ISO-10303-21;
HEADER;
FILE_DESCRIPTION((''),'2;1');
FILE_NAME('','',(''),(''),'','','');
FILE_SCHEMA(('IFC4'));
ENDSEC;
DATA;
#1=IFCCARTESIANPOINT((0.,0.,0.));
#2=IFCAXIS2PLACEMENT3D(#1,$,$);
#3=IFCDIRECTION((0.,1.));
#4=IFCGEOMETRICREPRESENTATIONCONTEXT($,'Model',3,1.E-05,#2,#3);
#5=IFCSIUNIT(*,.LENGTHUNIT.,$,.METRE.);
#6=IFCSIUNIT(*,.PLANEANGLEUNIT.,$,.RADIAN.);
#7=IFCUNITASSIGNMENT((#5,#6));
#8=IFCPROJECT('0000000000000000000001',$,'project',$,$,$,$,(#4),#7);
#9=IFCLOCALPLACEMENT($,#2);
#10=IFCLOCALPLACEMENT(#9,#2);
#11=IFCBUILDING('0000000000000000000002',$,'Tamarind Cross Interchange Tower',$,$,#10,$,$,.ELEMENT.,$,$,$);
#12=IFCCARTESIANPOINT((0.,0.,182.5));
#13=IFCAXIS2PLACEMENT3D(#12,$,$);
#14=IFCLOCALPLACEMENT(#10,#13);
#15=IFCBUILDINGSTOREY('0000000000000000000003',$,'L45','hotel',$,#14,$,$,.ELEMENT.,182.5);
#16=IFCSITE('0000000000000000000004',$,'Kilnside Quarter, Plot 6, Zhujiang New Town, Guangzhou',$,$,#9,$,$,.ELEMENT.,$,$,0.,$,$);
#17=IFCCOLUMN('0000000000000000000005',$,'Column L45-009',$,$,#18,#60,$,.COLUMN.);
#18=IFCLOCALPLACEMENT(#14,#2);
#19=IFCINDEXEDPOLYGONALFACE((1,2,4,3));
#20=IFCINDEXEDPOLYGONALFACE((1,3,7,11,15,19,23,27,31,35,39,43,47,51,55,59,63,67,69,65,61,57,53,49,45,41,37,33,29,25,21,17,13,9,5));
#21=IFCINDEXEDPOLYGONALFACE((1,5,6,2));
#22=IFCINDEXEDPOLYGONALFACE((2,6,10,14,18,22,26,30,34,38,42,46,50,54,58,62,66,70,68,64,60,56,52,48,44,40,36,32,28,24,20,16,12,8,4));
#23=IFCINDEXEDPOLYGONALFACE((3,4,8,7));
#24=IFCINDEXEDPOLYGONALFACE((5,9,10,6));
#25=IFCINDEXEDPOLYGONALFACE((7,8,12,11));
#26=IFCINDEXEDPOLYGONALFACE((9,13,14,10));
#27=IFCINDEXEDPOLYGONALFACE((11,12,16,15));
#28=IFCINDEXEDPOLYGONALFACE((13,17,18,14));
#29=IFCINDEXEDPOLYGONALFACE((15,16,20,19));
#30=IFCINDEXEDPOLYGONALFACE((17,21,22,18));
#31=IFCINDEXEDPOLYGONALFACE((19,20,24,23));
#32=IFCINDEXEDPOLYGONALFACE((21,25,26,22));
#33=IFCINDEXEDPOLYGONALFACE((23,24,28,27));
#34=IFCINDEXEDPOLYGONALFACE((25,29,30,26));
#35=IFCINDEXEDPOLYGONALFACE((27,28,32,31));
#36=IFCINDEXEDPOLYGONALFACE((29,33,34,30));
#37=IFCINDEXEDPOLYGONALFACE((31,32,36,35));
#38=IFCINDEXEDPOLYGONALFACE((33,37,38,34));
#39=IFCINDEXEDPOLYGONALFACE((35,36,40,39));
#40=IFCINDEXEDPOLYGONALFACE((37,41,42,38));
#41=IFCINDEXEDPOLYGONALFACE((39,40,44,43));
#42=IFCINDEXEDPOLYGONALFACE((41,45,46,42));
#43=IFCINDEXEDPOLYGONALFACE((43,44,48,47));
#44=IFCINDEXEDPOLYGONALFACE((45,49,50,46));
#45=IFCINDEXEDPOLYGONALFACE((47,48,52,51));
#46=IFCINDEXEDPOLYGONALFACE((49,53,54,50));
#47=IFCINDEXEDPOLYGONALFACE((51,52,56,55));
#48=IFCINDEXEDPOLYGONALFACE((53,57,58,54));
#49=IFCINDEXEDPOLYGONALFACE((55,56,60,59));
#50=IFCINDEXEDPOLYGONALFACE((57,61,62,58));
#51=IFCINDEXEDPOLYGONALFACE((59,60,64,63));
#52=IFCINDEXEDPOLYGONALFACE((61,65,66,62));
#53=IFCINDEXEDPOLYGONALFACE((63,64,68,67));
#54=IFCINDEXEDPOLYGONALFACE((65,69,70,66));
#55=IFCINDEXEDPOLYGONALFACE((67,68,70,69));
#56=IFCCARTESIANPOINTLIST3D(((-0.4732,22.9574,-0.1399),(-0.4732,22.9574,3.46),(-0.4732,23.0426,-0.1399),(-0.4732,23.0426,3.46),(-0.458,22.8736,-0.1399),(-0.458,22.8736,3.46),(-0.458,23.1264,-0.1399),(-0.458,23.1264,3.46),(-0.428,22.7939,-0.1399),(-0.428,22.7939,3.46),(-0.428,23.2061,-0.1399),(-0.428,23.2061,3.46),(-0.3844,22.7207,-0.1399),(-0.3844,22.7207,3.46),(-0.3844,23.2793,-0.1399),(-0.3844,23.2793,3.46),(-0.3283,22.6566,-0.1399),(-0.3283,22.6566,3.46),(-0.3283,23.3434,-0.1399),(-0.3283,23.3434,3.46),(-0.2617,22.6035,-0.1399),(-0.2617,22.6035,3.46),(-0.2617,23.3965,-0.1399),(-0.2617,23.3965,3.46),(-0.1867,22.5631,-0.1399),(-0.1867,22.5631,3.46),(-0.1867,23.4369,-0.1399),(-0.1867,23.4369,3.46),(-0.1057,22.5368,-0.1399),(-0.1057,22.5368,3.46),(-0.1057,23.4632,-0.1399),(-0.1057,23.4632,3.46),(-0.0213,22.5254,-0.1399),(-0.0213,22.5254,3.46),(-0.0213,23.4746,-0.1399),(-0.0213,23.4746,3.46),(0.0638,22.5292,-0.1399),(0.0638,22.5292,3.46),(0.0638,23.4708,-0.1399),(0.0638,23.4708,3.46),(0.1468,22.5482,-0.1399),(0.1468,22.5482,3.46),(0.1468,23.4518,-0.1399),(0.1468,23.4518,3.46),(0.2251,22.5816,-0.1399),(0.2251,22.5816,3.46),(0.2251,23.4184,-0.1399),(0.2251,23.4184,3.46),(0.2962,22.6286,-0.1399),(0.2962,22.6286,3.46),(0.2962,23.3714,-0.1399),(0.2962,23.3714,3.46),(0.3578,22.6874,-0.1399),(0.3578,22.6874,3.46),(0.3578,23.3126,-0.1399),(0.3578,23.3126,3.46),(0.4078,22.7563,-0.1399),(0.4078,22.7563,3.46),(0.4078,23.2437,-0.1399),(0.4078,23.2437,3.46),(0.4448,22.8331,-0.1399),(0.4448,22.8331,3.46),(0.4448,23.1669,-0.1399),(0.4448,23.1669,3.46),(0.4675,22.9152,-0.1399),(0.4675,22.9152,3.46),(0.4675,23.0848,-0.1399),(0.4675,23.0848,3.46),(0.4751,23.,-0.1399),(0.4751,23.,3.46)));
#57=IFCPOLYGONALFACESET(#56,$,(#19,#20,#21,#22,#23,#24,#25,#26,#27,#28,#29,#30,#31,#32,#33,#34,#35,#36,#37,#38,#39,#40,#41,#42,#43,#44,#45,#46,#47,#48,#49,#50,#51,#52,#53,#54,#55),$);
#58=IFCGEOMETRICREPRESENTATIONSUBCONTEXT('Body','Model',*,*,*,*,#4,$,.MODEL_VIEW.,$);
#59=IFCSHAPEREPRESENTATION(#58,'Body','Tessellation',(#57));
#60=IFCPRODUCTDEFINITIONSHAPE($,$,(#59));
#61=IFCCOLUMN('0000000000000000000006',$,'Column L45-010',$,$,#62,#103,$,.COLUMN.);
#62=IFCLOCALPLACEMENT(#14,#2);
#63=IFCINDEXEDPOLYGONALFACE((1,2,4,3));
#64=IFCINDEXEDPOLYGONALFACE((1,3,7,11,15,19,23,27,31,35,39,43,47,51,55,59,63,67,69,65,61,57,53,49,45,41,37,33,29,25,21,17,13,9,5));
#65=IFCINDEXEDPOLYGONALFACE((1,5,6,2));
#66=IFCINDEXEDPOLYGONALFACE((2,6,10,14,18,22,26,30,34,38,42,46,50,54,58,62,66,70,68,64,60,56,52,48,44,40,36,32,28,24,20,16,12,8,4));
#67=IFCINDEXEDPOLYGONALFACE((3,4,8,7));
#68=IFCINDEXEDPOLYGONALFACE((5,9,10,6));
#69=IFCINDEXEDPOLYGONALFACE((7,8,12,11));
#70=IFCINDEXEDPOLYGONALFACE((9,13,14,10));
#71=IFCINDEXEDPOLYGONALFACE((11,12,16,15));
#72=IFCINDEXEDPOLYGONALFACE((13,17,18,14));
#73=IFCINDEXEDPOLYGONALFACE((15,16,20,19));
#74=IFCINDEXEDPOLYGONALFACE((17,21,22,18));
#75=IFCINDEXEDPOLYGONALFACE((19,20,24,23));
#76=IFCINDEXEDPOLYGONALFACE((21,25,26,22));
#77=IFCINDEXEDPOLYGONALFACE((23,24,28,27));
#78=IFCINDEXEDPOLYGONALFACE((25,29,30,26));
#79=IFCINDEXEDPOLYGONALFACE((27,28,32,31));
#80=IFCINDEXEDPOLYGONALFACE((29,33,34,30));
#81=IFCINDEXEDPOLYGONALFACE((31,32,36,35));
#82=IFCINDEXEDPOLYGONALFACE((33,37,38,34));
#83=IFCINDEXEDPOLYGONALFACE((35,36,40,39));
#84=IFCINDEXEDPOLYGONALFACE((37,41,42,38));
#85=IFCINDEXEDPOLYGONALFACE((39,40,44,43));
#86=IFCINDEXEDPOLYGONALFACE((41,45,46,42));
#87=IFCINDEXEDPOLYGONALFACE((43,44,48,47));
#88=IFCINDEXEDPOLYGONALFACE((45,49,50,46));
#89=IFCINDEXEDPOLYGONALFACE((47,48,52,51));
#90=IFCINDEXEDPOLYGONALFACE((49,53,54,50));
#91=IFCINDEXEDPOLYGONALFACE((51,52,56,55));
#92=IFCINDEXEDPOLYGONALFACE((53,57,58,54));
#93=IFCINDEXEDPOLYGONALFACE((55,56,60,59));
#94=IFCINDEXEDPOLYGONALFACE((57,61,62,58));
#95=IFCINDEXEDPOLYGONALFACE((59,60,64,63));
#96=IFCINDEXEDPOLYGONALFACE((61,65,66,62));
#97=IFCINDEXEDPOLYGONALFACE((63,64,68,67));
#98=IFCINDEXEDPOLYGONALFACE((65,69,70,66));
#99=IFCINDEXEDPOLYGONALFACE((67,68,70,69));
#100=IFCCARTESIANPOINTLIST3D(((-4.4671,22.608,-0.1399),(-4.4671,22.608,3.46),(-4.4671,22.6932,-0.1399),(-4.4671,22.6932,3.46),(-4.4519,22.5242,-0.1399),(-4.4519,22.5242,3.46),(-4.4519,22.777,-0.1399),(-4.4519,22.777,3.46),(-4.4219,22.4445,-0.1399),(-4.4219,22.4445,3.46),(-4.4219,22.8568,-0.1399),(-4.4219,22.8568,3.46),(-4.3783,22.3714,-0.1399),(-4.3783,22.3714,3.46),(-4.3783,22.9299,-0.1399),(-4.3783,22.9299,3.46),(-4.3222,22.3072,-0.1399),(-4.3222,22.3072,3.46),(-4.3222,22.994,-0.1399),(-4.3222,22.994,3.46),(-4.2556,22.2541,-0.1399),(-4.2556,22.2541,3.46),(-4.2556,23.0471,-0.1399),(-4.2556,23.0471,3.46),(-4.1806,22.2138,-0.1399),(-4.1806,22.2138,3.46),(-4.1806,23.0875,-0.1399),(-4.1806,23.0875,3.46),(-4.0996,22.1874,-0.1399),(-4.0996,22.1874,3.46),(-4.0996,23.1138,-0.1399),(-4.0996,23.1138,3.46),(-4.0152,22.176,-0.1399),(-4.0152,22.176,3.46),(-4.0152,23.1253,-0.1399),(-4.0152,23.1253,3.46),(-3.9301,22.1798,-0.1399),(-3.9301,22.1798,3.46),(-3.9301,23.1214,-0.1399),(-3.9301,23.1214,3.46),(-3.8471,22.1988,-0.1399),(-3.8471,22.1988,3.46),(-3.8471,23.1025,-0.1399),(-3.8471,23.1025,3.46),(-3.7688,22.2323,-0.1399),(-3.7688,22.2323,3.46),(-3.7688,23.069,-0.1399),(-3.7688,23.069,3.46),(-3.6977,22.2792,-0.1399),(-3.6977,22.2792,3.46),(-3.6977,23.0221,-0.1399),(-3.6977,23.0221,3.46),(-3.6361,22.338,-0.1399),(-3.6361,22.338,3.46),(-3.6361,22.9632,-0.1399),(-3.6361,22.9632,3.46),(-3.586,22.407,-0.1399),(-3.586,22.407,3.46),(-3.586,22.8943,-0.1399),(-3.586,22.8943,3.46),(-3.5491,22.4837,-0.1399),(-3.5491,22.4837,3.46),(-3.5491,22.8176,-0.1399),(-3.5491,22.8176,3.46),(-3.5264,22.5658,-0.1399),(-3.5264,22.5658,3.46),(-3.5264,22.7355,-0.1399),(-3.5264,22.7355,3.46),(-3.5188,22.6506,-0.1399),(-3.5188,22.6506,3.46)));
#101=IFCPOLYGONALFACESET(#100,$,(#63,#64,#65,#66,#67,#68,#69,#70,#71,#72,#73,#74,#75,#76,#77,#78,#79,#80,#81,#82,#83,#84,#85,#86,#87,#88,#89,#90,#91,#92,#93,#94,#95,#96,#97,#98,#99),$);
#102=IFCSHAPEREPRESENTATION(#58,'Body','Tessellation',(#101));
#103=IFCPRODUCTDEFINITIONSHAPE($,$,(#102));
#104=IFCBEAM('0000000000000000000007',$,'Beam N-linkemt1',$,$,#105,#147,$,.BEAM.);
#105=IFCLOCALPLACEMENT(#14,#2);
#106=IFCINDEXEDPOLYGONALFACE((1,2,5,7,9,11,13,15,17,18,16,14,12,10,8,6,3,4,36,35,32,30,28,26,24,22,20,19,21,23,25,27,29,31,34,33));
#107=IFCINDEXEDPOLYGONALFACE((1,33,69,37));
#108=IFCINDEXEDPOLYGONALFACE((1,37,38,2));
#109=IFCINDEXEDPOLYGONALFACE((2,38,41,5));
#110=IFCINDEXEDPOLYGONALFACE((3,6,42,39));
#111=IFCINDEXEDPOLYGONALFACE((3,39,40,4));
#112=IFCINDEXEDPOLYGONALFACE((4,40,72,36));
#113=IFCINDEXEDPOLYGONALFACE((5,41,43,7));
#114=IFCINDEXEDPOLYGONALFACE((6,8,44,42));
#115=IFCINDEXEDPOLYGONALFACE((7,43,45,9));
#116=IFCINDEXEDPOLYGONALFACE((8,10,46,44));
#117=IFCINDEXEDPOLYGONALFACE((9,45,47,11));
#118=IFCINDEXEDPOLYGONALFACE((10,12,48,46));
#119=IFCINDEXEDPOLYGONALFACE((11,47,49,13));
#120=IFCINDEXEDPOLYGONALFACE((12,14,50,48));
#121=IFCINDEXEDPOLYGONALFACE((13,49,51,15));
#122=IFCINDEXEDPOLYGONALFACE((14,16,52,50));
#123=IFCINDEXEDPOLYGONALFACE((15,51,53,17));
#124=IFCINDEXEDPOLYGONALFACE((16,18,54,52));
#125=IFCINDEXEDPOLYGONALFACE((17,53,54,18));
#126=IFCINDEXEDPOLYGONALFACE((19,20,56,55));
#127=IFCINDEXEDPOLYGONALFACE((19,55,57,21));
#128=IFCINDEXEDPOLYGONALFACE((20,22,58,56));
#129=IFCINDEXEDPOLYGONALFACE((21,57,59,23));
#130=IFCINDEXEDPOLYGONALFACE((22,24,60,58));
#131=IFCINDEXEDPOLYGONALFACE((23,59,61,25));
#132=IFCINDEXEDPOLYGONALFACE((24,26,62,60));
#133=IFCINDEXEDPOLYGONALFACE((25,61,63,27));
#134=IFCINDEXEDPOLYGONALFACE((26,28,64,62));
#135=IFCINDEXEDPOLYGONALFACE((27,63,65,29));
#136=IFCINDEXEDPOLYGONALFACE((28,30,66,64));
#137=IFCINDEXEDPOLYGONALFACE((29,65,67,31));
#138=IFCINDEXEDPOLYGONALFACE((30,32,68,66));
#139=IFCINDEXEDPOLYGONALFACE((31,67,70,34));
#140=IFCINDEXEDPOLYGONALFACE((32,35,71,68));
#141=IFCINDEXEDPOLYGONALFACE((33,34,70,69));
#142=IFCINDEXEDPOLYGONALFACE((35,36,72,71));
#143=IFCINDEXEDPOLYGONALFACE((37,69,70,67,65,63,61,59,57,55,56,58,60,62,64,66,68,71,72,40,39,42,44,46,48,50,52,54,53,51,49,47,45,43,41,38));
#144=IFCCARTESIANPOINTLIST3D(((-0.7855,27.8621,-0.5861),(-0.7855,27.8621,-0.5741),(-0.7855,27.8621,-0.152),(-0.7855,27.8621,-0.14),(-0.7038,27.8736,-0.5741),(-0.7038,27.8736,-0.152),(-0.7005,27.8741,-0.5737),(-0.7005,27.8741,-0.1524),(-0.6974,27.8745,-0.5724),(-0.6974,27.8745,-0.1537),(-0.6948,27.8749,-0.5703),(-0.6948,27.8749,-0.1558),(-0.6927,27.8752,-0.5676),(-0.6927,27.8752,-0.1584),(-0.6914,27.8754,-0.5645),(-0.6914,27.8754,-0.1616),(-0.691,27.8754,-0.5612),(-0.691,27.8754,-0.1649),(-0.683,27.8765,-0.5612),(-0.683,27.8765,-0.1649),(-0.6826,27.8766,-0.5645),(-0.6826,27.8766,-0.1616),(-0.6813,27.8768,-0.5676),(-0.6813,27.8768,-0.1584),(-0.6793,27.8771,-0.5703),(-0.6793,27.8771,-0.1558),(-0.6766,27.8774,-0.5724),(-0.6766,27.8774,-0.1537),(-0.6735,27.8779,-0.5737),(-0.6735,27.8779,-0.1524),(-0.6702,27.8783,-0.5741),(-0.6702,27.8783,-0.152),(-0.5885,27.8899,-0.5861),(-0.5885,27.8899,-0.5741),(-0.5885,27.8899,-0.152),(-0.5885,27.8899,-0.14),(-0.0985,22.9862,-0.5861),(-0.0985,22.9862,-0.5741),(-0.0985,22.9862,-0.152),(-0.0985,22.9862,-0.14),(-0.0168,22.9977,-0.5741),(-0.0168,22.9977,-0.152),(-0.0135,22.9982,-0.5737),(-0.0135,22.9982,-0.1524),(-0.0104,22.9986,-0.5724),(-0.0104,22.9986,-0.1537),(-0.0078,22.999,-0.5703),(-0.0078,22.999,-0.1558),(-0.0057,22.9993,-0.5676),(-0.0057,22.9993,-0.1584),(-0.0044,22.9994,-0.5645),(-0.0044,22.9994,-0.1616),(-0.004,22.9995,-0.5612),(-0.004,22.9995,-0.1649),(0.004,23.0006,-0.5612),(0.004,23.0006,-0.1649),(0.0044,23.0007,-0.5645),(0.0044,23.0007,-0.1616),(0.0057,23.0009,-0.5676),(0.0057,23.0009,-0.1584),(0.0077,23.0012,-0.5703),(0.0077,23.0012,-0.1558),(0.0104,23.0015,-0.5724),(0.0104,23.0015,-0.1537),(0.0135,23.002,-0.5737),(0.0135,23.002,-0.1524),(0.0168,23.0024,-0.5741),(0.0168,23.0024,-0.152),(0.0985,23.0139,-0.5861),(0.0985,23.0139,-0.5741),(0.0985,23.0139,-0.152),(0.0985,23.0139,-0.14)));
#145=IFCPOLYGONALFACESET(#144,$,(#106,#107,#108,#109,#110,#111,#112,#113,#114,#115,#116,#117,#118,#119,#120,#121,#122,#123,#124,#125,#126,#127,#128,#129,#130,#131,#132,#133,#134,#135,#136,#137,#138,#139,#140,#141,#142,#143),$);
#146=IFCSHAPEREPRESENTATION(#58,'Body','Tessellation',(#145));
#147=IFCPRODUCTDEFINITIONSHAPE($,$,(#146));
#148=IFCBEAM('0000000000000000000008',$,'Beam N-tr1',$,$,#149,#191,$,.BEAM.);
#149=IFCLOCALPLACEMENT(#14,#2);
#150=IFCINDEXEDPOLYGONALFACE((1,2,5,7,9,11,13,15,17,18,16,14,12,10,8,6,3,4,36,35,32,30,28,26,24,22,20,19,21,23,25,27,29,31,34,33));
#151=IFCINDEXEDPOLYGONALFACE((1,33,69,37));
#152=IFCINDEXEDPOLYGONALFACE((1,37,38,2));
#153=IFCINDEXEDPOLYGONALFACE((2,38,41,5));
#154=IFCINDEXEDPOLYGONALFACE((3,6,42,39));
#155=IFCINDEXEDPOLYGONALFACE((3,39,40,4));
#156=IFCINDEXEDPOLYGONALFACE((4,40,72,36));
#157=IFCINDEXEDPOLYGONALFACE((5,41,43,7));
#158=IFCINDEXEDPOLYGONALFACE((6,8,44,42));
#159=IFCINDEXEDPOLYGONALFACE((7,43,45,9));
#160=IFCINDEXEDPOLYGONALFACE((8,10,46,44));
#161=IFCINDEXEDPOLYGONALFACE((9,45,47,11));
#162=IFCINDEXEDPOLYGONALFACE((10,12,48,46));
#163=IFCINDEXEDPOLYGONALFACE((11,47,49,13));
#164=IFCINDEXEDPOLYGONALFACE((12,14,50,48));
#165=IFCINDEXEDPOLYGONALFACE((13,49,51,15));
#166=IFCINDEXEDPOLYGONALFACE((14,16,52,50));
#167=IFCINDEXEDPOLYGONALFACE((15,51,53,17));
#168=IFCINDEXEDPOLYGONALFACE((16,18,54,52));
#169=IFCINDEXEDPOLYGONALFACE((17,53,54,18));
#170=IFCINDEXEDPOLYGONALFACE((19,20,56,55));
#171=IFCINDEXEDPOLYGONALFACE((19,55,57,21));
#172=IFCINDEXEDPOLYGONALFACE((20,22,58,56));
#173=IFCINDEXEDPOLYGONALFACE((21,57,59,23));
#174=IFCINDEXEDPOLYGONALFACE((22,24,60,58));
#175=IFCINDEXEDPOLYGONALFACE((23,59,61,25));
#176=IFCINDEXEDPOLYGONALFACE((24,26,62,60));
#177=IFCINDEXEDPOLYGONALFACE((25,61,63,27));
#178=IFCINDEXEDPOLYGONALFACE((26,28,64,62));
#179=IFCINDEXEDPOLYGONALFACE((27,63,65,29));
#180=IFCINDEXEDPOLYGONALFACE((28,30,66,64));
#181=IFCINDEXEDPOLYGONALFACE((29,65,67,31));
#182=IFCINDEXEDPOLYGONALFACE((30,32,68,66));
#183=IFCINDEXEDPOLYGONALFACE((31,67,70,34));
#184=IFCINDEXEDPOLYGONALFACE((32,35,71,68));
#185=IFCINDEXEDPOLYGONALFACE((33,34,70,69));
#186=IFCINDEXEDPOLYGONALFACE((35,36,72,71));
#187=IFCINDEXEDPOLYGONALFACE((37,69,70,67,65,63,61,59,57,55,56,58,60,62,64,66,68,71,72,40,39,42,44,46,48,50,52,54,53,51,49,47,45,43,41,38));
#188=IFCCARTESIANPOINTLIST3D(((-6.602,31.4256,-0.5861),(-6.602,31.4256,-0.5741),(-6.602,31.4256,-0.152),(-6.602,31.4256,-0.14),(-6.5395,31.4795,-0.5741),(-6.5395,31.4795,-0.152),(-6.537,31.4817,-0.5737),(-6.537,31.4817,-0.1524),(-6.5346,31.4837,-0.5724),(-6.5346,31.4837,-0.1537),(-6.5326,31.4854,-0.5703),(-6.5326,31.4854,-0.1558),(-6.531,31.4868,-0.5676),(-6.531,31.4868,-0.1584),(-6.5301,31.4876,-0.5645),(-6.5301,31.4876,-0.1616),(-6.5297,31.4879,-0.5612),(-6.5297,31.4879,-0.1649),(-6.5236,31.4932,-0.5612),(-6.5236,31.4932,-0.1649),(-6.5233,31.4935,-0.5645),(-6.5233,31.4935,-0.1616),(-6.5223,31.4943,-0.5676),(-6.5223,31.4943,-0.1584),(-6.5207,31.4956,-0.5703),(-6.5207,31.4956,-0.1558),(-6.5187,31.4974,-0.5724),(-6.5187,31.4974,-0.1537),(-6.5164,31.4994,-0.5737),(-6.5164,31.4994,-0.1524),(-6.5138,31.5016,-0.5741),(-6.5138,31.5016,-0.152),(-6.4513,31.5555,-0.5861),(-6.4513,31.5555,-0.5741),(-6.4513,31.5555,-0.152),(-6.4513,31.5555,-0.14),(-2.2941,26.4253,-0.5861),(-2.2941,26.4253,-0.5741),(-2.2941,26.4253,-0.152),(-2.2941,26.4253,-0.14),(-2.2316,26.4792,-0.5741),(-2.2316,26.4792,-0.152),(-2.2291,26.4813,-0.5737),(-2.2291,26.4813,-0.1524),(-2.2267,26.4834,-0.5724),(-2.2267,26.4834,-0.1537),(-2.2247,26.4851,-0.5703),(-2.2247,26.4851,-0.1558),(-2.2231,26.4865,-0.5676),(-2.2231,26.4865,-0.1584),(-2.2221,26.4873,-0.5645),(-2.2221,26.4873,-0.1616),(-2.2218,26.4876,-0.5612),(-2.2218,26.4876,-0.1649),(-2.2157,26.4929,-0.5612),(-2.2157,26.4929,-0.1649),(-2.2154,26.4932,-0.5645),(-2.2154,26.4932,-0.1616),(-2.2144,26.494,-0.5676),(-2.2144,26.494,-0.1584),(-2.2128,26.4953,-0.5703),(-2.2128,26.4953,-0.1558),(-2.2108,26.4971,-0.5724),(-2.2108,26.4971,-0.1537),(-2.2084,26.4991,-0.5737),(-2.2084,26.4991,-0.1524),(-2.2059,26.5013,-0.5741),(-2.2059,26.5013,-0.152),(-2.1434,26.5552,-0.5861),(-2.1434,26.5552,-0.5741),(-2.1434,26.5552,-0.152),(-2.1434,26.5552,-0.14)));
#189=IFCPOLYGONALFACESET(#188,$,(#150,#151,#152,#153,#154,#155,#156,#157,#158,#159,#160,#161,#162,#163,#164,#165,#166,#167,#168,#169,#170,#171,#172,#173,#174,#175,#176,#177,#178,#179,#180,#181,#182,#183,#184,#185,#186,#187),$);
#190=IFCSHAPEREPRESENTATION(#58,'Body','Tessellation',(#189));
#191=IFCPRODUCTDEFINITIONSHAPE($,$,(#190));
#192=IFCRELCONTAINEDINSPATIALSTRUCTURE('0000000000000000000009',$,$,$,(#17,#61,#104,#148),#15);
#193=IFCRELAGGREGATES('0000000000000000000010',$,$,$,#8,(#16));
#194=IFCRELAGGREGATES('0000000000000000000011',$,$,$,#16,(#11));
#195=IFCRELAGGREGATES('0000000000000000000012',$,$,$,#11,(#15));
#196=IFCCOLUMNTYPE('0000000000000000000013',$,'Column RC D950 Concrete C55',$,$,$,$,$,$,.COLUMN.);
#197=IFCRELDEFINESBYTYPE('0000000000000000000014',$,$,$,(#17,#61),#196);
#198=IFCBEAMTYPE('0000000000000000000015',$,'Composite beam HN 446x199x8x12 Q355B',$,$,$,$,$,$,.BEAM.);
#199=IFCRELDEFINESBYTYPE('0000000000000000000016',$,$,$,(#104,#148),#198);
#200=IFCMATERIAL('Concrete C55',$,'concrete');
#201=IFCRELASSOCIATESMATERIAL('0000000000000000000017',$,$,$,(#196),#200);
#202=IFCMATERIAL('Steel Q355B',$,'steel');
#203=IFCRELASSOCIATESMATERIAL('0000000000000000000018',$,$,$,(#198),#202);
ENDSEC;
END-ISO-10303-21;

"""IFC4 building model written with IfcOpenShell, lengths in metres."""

from ifc_helpers import new_model, si_unit, direction, frame, origin, origin_2d, place, context, subcontext, project, spatial, circle, i_section, extrude, material, material_profile, profile_set, type_object, element, save


model = new_model("IFC4")

# Units and contexts
model_context = context("Model", 3, precision=1e-05, world=origin(), true_north=direction((0.0, 1.0)))
body_context = subcontext(model_context, "Body", "Model", "MODEL_VIEW")
ifc_project = project(units=[si_unit("LENGTHUNIT", "METRE"), si_unit("PLANEANGLEUNIT", "RADIAN")], contexts=[model_context])

# Site, building, storey
site_placement = place(None, origin())
site = spatial("IfcSite", under=ifc_project, at=site_placement, Name="Kilnside Quarter, Plot 6, Zhujiang New Town, Guangzhou", CompositionType="ELEMENT", RefElevation=0.0)
building_placement = place(site_placement, origin())
building = spatial("IfcBuilding", under=site, at=building_placement, Name="Tamarind Cross Interchange Tower", CompositionType="ELEMENT")
storey_placement = place(building_placement, frame((0.0, 0.0, 182.5)))
storey = spatial("IfcBuildingStorey", under=building, at=storey_placement, Name="L45", Description="hotel", CompositionType="ELEMENT", Elevation=182.5)

# Columns
ifc_material_1 = material(Name="Concrete C55", Category="concrete")
ifc_material_profile_1 = material_profile(ifc_material_1, circle(Radius=0.4751, at=origin_2d()), Name="RC D950")
ifc_profile_set_1 = profile_set([ifc_material_profile_1], Name="Concrete C55")
column_type = type_object("IfcColumnType", Name="Column RC D950 Concrete C55", PredefinedType="COLUMN", material=ifc_profile_set_1)
for number, where, z_axis, x_axis, name in (
    (1, (0.0, 23.0, -0.1399), (0.0, 0.0, 1.0), (1.0, 0.0, 0.0), "Column L45-009"),
    (2, (-3.9939, 22.6506, -0.1399), (0.0, 0.0, 1.0), (1.0, 0.0, 0.0), "Column L45-010"),
):
    element("IfcColumn", number, at=place(storey_placement, frame(where, z_axis=z_axis, x_axis=x_axis)), inside=storey, type_object=column_type, Name=name, PredefinedType="COLUMN", context=body_context, shape_type="SweptSolid", body=[
        extrude(circle(Radius=0.4751, at=origin_2d()), origin(), (0.0, 0.0, 1.0), 3.5999),
    ])

# Beams
ifc_material_2 = material(Name="Steel Q355B", Category="steel")
ifc_material_profile_2 = material_profile(ifc_material_2, i_section(OverallWidth=0.199, OverallDepth=0.446, WebThickness=0.0081, FlangeThickness=0.012, FilletRadius=0.0129, at=origin_2d()), Name="HN 446x199x8x12")
ifc_profile_set_2 = profile_set([ifc_material_profile_2], Name="Steel Q355B")
beam_type_1 = type_object("IfcBeamType", Name="Composite beam HN 446x199x8x12 Q355B", PredefinedType="BEAM", material=ifc_profile_set_2)
beam_1_placement = place(storey_placement, frame((-0.687, 27.876, -0.363), z_axis=(0.139519, -0.990219, 0.0), x_axis=(0.990219, 0.139519, 0.0)))
element("IfcBeam", 3, at=beam_1_placement, inside=storey, type_object=beam_type_1, Name="Beam N-linkemt1", PredefinedType="BEAM", context=body_context, shape_type="SweptSolid", body=[
    extrude(i_section(OverallWidth=0.199, OverallDepth=0.446, WebThickness=0.0081, FlangeThickness=0.012, FilletRadius=0.0129, at=origin_2d()), origin(), (0.0, 0.0, 1.0), 4.9241),
])
beam_2_placement = place(storey_placement, frame((-2.2188, 26.4902, -0.363), z_axis=(-0.652705, 0.757612, 0.0), x_axis=(-0.757612, -0.652705, 0.0)))
element("IfcBeam", 4, at=beam_2_placement, inside=storey, type_object=beam_type_1, Name="Beam N-tr1", PredefinedType="BEAM", context=body_context, shape_type="SweptSolid", body=[
    extrude(i_section(OverallWidth=0.199, OverallDepth=0.446, WebThickness=0.0081, FlangeThickness=0.012, FilletRadius=0.0129, at=origin_2d()), origin(), (0.0, 0.0, 1.0), 6.6001),
])

save(model, "model.ifc")
